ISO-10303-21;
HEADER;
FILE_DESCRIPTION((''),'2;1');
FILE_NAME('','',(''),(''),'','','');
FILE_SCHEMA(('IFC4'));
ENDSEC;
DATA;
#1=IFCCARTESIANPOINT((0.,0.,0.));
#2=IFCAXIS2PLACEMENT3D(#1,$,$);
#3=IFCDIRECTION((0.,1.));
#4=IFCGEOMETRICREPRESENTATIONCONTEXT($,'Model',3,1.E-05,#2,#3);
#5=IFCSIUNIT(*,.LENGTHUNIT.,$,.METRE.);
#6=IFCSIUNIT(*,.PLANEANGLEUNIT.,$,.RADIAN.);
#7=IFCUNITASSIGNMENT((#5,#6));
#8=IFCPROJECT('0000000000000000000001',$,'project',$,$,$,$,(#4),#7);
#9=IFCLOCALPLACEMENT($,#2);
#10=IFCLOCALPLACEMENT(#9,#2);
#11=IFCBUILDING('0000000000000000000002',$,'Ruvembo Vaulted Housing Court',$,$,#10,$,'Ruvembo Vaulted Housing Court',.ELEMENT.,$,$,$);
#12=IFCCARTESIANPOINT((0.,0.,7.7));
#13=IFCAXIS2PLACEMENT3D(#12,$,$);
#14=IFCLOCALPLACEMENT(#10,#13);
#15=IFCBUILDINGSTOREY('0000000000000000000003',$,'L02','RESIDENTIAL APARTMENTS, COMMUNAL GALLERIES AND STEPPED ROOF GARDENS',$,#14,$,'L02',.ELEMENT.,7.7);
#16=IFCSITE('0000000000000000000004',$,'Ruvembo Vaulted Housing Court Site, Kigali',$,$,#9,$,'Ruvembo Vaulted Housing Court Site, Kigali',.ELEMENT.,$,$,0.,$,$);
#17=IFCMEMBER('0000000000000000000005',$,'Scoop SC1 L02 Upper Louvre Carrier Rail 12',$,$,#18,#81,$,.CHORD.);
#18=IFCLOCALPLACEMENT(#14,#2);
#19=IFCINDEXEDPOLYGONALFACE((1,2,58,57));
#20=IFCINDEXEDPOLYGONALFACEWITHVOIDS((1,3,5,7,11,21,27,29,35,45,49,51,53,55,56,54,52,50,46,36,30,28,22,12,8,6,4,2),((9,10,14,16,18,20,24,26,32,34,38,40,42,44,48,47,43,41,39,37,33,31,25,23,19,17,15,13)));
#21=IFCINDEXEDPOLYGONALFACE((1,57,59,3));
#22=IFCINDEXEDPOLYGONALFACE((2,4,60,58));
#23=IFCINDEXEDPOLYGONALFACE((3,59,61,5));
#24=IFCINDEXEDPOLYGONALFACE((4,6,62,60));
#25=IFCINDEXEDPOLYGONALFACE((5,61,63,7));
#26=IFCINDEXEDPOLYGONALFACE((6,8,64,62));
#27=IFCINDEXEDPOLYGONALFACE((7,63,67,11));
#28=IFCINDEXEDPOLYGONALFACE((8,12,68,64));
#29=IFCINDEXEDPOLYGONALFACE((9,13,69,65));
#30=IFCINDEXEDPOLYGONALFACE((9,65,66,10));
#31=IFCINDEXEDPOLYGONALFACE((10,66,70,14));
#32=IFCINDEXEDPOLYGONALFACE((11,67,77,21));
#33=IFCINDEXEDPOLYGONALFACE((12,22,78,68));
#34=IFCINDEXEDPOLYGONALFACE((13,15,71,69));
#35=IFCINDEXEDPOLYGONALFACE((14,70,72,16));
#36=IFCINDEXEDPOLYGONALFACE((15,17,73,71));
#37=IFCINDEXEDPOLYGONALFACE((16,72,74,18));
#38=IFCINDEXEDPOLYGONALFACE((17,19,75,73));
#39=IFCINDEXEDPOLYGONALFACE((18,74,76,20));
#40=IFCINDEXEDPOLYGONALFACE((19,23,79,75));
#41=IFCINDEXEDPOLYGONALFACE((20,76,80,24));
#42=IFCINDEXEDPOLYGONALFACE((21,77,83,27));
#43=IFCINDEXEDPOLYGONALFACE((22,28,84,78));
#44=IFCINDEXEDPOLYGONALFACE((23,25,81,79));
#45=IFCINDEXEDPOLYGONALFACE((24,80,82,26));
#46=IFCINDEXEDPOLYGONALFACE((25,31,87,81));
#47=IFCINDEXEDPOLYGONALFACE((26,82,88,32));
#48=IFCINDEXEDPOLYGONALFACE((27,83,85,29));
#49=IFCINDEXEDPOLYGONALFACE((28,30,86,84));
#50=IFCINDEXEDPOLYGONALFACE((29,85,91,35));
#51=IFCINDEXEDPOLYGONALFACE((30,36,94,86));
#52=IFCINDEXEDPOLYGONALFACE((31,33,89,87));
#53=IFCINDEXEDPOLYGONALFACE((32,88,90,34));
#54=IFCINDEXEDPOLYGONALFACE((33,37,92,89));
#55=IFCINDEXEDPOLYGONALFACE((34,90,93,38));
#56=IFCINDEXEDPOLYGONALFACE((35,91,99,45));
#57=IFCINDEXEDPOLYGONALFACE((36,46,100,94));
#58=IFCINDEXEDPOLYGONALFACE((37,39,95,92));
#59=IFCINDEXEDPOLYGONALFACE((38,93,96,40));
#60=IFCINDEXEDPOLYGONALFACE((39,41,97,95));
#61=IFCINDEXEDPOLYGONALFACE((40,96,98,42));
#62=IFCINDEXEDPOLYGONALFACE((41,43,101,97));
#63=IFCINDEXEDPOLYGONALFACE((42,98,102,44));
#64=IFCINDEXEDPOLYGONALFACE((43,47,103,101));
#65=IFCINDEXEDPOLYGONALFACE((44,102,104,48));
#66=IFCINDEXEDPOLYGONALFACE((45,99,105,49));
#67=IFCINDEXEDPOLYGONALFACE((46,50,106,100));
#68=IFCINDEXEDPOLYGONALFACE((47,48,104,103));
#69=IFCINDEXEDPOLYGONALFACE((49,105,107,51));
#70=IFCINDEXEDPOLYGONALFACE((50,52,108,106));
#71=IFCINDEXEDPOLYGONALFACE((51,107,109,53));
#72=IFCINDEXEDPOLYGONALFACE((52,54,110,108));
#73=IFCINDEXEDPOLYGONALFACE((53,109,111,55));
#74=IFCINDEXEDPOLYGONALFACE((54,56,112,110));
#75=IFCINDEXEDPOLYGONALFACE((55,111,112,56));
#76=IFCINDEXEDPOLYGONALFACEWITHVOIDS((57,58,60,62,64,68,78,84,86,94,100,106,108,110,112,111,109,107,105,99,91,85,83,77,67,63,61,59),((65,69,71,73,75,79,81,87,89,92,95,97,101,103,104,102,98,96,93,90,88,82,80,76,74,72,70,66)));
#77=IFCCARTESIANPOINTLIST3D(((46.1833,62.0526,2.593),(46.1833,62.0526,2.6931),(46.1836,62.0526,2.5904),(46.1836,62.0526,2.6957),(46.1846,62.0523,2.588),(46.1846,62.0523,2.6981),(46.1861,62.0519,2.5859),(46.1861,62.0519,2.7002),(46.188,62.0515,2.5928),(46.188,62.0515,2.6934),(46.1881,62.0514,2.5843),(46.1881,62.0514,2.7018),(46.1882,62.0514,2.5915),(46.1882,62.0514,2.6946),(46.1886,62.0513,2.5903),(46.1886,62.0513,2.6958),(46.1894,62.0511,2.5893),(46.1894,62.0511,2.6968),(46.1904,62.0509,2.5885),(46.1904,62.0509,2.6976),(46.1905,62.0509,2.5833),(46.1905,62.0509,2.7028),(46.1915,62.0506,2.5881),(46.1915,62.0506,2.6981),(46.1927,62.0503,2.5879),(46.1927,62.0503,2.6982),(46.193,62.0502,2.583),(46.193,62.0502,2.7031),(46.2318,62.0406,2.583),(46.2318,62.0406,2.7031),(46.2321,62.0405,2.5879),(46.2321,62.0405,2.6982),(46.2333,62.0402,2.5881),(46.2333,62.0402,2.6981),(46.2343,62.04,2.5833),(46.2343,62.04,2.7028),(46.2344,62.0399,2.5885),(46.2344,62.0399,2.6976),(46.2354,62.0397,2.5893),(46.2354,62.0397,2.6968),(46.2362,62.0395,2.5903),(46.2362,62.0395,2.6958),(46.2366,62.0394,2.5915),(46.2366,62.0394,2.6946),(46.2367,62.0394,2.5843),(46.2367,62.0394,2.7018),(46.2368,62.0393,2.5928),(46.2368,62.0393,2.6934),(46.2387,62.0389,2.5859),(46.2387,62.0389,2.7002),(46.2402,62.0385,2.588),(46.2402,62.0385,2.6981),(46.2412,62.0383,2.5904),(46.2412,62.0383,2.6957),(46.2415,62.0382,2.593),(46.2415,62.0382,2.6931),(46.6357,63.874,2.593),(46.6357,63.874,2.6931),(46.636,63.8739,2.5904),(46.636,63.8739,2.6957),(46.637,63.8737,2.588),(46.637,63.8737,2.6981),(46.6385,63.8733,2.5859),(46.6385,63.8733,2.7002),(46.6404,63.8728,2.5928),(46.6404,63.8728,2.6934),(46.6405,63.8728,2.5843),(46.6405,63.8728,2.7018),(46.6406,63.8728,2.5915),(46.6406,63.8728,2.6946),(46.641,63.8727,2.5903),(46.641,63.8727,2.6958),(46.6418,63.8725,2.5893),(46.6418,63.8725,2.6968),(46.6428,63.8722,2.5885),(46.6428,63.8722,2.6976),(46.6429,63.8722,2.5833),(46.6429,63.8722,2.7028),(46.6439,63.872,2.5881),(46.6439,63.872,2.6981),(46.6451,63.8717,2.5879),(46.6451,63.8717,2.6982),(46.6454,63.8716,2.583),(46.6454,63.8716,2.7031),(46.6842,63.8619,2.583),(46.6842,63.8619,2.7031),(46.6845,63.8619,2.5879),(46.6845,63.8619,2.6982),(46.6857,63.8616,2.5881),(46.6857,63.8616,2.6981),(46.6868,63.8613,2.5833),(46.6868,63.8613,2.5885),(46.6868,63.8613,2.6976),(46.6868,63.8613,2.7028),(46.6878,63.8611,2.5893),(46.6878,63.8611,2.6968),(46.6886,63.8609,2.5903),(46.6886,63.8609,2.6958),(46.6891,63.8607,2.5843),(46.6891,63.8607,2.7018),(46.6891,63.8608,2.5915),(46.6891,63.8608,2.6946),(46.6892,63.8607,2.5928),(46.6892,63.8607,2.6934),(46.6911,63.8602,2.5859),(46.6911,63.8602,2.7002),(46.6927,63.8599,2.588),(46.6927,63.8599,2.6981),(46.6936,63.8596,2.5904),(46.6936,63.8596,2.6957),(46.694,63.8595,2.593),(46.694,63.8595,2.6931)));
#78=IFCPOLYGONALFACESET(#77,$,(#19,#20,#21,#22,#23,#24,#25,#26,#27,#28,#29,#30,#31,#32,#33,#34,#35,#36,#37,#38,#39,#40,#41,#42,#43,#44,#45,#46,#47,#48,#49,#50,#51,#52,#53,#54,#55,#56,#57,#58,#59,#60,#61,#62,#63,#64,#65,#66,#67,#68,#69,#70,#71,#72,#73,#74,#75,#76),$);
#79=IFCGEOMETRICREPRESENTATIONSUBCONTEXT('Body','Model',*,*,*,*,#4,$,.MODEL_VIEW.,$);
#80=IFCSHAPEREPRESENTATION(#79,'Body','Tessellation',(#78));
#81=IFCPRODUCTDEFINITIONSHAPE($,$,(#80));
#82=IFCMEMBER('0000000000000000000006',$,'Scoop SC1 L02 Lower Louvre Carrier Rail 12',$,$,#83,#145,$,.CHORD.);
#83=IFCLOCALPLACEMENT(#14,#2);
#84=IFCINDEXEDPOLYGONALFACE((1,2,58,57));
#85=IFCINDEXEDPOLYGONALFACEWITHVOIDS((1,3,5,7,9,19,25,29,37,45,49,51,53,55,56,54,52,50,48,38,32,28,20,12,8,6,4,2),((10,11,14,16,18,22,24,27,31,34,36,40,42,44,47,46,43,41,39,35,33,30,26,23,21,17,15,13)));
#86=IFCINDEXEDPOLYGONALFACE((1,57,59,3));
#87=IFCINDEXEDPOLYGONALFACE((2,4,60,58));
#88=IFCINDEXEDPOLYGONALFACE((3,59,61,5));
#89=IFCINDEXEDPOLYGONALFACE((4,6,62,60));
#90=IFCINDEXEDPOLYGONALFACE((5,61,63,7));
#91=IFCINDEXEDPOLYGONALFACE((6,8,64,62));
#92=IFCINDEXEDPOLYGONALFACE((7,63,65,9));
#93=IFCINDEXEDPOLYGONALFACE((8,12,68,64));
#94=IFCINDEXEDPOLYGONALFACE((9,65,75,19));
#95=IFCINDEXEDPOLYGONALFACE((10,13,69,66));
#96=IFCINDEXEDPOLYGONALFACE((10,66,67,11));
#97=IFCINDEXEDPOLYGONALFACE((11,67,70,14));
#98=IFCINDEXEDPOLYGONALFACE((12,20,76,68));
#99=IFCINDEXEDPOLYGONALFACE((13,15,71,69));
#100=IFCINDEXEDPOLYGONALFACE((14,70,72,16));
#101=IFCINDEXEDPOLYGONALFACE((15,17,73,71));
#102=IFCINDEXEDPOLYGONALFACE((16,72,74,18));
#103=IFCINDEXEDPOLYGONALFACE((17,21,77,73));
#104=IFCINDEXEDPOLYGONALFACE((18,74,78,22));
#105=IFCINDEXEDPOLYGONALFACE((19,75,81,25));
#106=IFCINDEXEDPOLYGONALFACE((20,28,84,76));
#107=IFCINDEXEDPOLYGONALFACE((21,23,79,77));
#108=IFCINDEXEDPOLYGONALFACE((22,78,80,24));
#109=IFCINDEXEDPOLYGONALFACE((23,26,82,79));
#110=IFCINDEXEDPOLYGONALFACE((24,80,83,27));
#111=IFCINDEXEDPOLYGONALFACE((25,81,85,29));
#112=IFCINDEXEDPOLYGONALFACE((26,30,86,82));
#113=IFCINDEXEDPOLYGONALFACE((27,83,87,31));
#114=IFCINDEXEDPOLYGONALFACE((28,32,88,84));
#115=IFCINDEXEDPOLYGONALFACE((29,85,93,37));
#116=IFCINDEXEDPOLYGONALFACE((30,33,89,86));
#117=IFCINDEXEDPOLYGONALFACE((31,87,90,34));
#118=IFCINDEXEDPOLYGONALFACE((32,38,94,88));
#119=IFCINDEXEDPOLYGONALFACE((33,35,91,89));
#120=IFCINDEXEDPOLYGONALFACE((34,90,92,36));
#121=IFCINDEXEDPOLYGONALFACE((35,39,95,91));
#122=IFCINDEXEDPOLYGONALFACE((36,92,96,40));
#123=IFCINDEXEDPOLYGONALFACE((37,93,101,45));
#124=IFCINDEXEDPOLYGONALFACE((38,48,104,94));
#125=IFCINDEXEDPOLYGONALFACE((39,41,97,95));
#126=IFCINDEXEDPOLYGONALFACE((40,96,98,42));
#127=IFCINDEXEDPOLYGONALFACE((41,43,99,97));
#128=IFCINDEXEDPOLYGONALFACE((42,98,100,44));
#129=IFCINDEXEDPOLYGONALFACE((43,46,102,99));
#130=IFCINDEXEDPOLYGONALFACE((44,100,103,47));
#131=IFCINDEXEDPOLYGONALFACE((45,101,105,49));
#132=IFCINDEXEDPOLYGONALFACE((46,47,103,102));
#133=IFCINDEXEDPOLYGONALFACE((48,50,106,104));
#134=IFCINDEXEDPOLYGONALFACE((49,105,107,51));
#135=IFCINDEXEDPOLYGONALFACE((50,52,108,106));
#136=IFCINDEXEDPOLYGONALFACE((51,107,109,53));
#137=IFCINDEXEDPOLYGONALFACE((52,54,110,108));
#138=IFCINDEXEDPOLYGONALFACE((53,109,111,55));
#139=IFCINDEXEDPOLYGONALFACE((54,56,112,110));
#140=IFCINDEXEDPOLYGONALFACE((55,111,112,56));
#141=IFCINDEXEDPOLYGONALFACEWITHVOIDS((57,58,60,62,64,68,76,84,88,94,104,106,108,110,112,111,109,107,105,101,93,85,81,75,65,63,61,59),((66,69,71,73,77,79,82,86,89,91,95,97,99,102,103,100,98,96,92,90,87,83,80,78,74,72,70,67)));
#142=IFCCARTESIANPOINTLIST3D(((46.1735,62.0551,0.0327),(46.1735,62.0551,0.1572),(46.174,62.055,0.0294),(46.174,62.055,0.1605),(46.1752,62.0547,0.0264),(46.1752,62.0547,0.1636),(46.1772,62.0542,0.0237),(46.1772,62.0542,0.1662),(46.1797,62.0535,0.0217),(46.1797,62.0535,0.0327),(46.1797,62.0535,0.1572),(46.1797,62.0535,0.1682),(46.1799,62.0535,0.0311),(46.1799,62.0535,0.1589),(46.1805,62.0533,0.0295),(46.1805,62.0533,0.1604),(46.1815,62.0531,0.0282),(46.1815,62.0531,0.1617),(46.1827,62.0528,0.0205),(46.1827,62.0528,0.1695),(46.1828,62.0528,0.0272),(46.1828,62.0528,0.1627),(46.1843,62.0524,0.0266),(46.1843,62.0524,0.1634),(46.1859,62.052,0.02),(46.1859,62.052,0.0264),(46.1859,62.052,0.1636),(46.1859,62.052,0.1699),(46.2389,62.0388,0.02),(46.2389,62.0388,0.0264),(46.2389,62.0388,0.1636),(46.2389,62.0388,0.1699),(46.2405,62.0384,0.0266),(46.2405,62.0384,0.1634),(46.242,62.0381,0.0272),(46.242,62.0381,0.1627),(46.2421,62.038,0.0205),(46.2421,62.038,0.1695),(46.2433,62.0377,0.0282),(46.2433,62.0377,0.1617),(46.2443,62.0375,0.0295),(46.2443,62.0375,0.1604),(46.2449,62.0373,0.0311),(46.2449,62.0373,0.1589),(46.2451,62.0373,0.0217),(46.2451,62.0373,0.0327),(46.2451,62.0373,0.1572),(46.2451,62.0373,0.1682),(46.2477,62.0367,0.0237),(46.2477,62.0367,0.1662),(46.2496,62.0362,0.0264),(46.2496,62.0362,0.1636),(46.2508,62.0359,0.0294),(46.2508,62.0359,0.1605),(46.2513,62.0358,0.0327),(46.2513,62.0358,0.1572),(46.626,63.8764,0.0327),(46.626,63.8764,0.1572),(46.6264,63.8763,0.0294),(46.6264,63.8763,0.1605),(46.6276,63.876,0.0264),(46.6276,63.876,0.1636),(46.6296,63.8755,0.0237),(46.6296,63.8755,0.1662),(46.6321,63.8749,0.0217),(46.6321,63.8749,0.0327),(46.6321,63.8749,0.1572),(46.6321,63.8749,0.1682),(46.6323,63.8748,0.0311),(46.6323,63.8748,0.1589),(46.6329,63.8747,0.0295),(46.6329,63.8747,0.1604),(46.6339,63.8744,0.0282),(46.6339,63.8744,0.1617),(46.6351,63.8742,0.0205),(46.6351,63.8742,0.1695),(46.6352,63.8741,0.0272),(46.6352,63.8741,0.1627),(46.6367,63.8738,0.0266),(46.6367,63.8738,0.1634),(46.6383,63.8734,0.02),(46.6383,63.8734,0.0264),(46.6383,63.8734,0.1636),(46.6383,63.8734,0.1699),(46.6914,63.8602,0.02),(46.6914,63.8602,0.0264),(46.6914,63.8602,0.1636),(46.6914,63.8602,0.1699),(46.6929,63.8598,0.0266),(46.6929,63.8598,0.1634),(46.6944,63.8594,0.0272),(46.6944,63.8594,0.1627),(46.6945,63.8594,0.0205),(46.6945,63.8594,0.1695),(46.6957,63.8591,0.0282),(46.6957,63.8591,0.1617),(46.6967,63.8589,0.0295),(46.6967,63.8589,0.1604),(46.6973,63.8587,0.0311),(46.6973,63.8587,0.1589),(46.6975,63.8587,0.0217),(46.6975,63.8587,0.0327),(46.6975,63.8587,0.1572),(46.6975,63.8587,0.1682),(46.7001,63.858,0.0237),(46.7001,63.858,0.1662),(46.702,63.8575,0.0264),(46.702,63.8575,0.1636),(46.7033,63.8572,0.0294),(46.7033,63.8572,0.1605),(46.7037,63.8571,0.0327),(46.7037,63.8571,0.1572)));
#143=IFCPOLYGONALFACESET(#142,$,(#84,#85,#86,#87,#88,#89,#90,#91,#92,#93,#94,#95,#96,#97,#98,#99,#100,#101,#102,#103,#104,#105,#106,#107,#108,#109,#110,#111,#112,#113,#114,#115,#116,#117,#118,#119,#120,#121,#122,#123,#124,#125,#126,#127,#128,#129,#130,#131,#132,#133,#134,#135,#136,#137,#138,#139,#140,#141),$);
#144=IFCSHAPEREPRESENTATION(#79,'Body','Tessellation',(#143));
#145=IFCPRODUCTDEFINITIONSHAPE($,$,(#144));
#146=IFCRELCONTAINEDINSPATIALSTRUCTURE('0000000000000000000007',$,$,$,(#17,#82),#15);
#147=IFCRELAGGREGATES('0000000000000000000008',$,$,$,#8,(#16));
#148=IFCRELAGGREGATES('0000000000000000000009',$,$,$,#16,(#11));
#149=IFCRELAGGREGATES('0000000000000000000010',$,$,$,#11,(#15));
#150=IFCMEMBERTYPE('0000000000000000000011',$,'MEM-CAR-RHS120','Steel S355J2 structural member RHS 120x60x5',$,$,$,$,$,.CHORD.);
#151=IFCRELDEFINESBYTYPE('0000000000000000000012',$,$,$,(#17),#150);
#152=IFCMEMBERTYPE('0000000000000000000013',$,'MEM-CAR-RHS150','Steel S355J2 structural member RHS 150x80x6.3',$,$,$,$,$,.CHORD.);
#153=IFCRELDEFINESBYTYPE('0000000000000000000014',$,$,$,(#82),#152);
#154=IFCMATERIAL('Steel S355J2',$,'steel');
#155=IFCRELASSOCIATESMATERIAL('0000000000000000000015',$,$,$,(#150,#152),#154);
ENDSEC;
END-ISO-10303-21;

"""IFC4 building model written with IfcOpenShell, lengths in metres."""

from ifc_helpers import new_model, si_unit, direction, frame, origin, origin_2d, place, context, subcontext, project, spatial, hollow_rectangle, extrude, material, material_profile, profile_set, type_object, element, save


model = new_model("IFC4")

# Units and contexts
model_context = context("Model", 3, precision=1e-05, world=origin(), true_north=direction((0.0, 1.0)))
body_context = subcontext(model_context, "Body", "Model", "MODEL_VIEW")
ifc_project = project(units=[si_unit("LENGTHUNIT", "METRE"), si_unit("PLANEANGLEUNIT", "RADIAN")], contexts=[model_context])

# Site, building, storey
site_placement = place(None, origin())
site = spatial("IfcSite", under=ifc_project, at=site_placement, Name="Ruvembo Vaulted Housing Court Site, Kigali", LongName="Ruvembo Vaulted Housing Court Site, Kigali", CompositionType="ELEMENT", RefElevation=0.0)
building_placement = place(site_placement, origin())
building = spatial("IfcBuilding", under=site, at=building_placement, Name="Ruvembo Vaulted Housing Court", LongName="Ruvembo Vaulted Housing Court", CompositionType="ELEMENT")
storey_placement = place(building_placement, frame((0.0, 0.0, 7.7)))
storey = spatial("IfcBuildingStorey", under=building, at=storey_placement, Name="L02", Description="RESIDENTIAL APARTMENTS, COMMUNAL GALLERIES AND STEPPED ROOF GARDENS", LongName="L02", CompositionType="ELEMENT", Elevation=7.7)

# Shared definitions
ifc_material_1 = material(Name="Steel S355J2", Category="steel")

# Members
ifc_material_profile_1 = material_profile(ifc_material_1, hollow_rectangle(XDim=0.0601, YDim=0.1201, WallThickness=0.0049, InnerFilletRadius=0.0049, OuterFilletRadius=0.01, at=origin_2d()), Name="RHS 120x60x5")
ifc_profile_set_1 = profile_set([ifc_material_profile_1], Name="Steel S355J2")
member_type_1 = type_object("IfcMemberType", Name="MEM-CAR-RHS120", Description="Steel S355J2 structural member RHS 120x60x5", PredefinedType="CHORD", material=ifc_profile_set_1)
member_1_placement = place(storey_placement, frame((46.2124, 62.0454, 2.6431), z_axis=(0.241066, 0.970509, 0.0), x_axis=(-0.970509, 0.241066, 0.0)))
element("IfcMember", 1, at=member_1_placement, inside=storey, type_object=member_type_1, Name="Scoop SC1 L02 Upper Louvre Carrier Rail 12", PredefinedType="CHORD", context=body_context, shape_type="SweptSolid", body=[
    extrude(hollow_rectangle(XDim=0.0601, YDim=0.1201, WallThickness=0.0049, InnerFilletRadius=0.0049, OuterFilletRadius=0.01, at=origin_2d()), origin(), (0.0, 0.0, 1.0), 1.8767),
])
ifc_material_profile_2 = material_profile(ifc_material_1, hollow_rectangle(XDim=0.0801, YDim=0.1499, WallThickness=0.0063, InnerFilletRadius=0.0063, OuterFilletRadius=0.0127, at=origin_2d()), Name="RHS 150x80x6.3")
ifc_profile_set_2 = profile_set([ifc_material_profile_2], Name="Steel S355J2")
member_type_2 = type_object("IfcMemberType", Name="MEM-CAR-RHS150", Description="Steel S355J2 structural member RHS 150x80x6.3", PredefinedType="CHORD", material=ifc_profile_set_2)
member_2_placement = place(storey_placement, frame((46.2124, 62.0454, 0.095), z_axis=(0.241066, 0.970509, 0.0), x_axis=(-0.970509, 0.241066, 0.0)))
element("IfcMember", 2, at=member_2_placement, inside=storey, type_object=member_type_2, Name="Scoop SC1 L02 Lower Louvre Carrier Rail 12", PredefinedType="CHORD", context=body_context, shape_type="SweptSolid", body=[
    extrude(hollow_rectangle(XDim=0.0801, YDim=0.1499, WallThickness=0.0063, InnerFilletRadius=0.0063, OuterFilletRadius=0.0127, at=origin_2d()), origin(), (0.0, 0.0, 1.0), 1.8767),
])

save(model, "model.ifc")
